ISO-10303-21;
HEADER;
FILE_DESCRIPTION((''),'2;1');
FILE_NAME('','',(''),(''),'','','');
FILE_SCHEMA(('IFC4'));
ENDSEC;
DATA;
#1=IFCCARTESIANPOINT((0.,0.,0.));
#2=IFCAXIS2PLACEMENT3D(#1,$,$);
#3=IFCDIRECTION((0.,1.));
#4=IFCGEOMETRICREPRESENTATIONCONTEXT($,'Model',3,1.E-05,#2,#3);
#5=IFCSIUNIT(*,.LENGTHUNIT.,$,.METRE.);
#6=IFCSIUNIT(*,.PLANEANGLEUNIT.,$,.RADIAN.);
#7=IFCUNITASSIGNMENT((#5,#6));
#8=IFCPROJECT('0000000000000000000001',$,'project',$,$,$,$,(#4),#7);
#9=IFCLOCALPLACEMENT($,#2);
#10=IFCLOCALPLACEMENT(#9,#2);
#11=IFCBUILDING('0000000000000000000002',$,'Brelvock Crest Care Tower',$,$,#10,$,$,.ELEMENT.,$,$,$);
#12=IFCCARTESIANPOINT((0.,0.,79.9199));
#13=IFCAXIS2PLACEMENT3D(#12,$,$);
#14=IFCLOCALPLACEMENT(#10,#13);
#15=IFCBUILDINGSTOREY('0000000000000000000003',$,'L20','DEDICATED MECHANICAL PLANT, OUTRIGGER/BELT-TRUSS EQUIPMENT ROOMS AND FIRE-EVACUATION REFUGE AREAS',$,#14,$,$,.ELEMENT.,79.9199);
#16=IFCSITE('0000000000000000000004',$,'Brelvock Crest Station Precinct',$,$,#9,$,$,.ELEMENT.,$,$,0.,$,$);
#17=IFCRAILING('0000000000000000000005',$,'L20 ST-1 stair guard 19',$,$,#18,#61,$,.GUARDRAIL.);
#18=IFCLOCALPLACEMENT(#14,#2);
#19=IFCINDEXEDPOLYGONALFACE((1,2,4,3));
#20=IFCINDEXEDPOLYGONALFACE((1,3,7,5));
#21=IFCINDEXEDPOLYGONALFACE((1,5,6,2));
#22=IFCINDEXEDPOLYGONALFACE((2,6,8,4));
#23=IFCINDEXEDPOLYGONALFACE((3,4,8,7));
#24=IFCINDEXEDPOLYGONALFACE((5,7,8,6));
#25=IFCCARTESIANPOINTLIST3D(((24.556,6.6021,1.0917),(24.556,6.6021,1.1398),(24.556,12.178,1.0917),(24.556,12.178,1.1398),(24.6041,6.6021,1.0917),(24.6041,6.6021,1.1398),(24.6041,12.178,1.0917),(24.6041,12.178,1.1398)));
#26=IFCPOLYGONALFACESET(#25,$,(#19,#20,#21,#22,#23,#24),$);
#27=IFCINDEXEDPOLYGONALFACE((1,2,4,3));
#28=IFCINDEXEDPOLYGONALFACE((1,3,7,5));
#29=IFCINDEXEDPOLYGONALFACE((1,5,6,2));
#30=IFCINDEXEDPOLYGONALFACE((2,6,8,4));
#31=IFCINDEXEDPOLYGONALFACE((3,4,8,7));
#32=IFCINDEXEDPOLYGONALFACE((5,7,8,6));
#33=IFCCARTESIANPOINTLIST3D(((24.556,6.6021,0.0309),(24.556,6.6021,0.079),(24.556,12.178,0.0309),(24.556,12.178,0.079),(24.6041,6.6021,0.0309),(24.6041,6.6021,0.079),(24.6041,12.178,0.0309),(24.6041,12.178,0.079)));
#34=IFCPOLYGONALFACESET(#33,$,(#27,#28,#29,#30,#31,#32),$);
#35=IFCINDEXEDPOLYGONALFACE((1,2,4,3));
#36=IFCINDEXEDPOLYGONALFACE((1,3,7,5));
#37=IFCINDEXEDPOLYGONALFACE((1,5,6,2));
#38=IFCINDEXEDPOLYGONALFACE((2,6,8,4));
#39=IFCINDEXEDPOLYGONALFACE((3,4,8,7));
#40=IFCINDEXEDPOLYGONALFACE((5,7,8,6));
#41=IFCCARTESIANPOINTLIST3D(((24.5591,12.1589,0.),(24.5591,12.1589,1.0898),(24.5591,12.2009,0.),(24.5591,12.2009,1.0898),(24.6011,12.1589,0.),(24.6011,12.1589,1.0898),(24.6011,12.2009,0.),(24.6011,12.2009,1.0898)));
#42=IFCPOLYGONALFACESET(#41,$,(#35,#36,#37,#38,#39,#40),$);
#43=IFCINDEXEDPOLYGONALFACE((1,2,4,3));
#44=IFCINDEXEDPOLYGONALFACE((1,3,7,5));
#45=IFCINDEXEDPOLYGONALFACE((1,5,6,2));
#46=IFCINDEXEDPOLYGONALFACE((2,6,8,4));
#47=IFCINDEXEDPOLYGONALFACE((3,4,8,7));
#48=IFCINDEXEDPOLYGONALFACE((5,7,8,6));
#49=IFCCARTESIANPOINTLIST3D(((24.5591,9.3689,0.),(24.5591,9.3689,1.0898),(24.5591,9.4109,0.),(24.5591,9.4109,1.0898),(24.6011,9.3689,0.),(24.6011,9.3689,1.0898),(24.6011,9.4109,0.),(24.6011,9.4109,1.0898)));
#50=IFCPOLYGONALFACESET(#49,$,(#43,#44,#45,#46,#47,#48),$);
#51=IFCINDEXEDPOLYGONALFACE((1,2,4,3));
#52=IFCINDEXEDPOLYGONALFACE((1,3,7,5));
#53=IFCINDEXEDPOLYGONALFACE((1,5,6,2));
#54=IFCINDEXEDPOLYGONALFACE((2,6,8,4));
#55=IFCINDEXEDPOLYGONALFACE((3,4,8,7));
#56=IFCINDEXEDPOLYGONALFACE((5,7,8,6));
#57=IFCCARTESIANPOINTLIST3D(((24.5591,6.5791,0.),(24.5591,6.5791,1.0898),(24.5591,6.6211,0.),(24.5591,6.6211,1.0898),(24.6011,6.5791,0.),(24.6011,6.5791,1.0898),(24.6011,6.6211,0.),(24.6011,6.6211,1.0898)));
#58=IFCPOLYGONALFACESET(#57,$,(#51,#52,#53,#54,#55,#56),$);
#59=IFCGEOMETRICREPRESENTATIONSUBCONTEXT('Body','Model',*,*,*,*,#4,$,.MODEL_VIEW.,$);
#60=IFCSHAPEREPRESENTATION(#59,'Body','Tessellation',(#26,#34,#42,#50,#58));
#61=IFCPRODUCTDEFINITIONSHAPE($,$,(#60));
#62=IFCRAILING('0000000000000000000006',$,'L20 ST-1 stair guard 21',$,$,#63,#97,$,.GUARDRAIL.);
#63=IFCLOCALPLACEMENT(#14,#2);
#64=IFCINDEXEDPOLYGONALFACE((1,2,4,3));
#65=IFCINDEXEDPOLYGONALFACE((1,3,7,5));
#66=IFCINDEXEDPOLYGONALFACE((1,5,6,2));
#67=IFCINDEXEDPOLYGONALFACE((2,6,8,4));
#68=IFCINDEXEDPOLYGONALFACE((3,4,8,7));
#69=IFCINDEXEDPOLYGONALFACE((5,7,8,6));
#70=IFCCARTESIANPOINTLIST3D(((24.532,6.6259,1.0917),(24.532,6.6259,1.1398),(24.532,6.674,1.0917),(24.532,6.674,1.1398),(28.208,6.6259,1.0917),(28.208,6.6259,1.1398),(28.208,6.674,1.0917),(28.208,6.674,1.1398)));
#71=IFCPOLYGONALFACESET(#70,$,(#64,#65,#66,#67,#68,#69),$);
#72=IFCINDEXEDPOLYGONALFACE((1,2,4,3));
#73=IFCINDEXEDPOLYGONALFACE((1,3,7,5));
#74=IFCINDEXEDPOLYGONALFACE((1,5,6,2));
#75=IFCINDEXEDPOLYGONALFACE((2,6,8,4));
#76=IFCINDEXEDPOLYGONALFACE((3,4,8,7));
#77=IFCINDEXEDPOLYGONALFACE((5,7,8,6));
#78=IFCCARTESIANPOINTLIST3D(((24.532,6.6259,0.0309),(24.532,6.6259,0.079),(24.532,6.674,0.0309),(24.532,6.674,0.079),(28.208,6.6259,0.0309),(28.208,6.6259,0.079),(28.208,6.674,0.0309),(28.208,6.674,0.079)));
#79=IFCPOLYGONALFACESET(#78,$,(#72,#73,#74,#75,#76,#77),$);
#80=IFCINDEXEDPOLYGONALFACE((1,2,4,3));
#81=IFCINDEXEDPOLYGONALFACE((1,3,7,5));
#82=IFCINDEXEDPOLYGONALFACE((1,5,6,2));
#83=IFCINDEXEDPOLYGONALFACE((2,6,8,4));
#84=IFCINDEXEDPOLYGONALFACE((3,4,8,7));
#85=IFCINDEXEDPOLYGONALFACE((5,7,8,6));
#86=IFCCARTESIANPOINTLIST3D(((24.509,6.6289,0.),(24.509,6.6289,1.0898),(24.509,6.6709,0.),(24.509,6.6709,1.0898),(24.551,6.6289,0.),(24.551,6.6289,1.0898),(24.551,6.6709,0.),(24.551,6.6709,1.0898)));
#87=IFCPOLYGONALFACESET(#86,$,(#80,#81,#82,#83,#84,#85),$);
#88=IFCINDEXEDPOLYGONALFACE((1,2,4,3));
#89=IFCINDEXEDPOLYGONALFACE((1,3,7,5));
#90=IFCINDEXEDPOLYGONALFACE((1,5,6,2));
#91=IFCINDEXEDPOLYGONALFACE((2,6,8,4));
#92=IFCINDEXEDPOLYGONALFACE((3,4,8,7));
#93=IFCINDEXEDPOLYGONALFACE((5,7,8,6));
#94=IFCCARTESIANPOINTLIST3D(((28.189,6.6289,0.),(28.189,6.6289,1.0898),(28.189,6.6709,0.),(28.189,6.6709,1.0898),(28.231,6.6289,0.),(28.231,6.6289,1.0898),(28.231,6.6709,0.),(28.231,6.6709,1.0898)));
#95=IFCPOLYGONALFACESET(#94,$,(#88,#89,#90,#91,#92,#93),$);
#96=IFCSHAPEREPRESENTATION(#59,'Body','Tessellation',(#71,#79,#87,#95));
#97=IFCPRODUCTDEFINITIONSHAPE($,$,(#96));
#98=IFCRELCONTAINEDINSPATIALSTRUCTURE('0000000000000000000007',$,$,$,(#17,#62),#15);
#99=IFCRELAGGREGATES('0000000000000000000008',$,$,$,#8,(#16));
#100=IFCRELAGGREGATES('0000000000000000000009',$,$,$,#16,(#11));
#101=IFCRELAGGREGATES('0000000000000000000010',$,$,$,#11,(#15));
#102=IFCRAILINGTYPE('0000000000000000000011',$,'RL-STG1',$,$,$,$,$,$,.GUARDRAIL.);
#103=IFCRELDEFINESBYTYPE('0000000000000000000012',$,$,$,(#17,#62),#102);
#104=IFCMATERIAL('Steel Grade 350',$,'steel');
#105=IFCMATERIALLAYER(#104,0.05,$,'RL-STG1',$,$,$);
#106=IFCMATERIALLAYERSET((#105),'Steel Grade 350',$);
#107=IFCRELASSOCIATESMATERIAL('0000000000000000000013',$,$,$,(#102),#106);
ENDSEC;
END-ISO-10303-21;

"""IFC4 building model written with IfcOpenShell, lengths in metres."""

from ifc_helpers import new_model, si_unit, direction, frame, origin, origin_2d, place, context, subcontext, project, spatial, rectangle, extrude, material, layer, layer_set, type_object, element, save


model = new_model("IFC4")

# Units and contexts
model_context = context("Model", 3, precision=1e-05, world=origin(), true_north=direction((0.0, 1.0)))
body_context = subcontext(model_context, "Body", "Model", "MODEL_VIEW")
ifc_project = project(units=[si_unit("LENGTHUNIT", "METRE"), si_unit("PLANEANGLEUNIT", "RADIAN")], contexts=[model_context])

# Site, building, storey
site_placement = place(None, origin())
site = spatial("IfcSite", under=ifc_project, at=site_placement, Name="Brelvock Crest Station Precinct", CompositionType="ELEMENT", RefElevation=0.0)
building_placement = place(site_placement, origin())
building = spatial("IfcBuilding", under=site, at=building_placement, Name="Brelvock Crest Care Tower", CompositionType="ELEMENT")
storey_placement = place(building_placement, frame((0.0, 0.0, 79.9199)))
storey = spatial("IfcBuildingStorey", under=building, at=storey_placement, Name="L20", Description="DEDICATED MECHANICAL PLANT, OUTRIGGER/BELT-TRUSS EQUIPMENT ROOMS AND FIRE-EVACUATION REFUGE AREAS", CompositionType="ELEMENT", Elevation=79.9199)

# Shared definitions
ifc_material_1 = material(Name="Steel Grade 350", Category="steel")

# Railings
ifc_layer_1 = layer(ifc_material_1, 0.05, Name="RL-STG1")
ifc_layer_set_1 = layer_set([ifc_layer_1], Name="Steel Grade 350")
railing_type = type_object("IfcRailingType", Name="RL-STG1", PredefinedType="GUARDRAIL", material=ifc_layer_set_1)
railing_1_placement = place(storey_placement, frame((24.5801, 12.1799, 0.0)))
element("IfcRailing", 1, at=railing_1_placement, inside=storey, type_object=railing_type, Name="L20 ST-1 stair guard 19", PredefinedType="GUARDRAIL", context=body_context, shape_type="SweptSolid", body=[
    extrude(rectangle(XDim=0.0481, YDim=0.0481, at=origin_2d()), frame((0.0, -0.002, 1.1157), z_axis=(0.0, -1.0, 0.0), x_axis=(1.0, 0.0, 0.0)), (0.0, 0.0, 1.0), 5.5759),
    extrude(rectangle(XDim=0.0481, YDim=0.0481, at=origin_2d()), frame((0.0, -0.002, 0.0549), z_axis=(0.0, -1.0, 0.0), x_axis=(1.0, 0.0, 0.0)), (0.0, 0.0, 1.0), 5.5759),
    extrude(rectangle(XDim=0.042, YDim=0.042, at=origin_2d()), origin(), (0.0, 0.0, 1.0), 1.0898),
    extrude(rectangle(XDim=0.042, YDim=0.042, at=origin_2d()), frame((0.0, -2.79, 0.0)), (0.0, 0.0, 1.0), 1.0898),
    extrude(rectangle(XDim=0.042, YDim=0.042, at=origin_2d()), frame((0.0, -5.5798, 0.0)), (0.0, 0.0, 1.0), 1.0898),
])
railing_2_placement = place(storey_placement, frame((24.53, 6.6499, 0.0)))
element("IfcRailing", 2, at=railing_2_placement, inside=storey, type_object=railing_type, Name="L20 ST-1 stair guard 21", PredefinedType="GUARDRAIL", context=body_context, shape_type="SweptSolid", body=[
    extrude(rectangle(XDim=0.0481, YDim=0.0481, at=origin_2d()), frame((0.002, 0.0, 1.1157), z_axis=(1.0, 0.0, 0.0), x_axis=(0.0, 1.0, 0.0)), (0.0, 0.0, 1.0), 3.676),
    extrude(rectangle(XDim=0.0481, YDim=0.0481, at=origin_2d()), frame((0.002, 0.0, 0.0549), z_axis=(1.0, 0.0, 0.0), x_axis=(0.0, 1.0, 0.0)), (0.0, 0.0, 1.0), 3.676),
    extrude(rectangle(XDim=0.042, YDim=0.042, at=origin_2d()), origin(), (0.0, 0.0, 1.0), 1.0898),
    extrude(rectangle(XDim=0.042, YDim=0.042, at=origin_2d()), frame((3.6799, 0.0, 0.0)), (0.0, 0.0, 1.0), 1.0898),
])

save(model, "model.ifc")
